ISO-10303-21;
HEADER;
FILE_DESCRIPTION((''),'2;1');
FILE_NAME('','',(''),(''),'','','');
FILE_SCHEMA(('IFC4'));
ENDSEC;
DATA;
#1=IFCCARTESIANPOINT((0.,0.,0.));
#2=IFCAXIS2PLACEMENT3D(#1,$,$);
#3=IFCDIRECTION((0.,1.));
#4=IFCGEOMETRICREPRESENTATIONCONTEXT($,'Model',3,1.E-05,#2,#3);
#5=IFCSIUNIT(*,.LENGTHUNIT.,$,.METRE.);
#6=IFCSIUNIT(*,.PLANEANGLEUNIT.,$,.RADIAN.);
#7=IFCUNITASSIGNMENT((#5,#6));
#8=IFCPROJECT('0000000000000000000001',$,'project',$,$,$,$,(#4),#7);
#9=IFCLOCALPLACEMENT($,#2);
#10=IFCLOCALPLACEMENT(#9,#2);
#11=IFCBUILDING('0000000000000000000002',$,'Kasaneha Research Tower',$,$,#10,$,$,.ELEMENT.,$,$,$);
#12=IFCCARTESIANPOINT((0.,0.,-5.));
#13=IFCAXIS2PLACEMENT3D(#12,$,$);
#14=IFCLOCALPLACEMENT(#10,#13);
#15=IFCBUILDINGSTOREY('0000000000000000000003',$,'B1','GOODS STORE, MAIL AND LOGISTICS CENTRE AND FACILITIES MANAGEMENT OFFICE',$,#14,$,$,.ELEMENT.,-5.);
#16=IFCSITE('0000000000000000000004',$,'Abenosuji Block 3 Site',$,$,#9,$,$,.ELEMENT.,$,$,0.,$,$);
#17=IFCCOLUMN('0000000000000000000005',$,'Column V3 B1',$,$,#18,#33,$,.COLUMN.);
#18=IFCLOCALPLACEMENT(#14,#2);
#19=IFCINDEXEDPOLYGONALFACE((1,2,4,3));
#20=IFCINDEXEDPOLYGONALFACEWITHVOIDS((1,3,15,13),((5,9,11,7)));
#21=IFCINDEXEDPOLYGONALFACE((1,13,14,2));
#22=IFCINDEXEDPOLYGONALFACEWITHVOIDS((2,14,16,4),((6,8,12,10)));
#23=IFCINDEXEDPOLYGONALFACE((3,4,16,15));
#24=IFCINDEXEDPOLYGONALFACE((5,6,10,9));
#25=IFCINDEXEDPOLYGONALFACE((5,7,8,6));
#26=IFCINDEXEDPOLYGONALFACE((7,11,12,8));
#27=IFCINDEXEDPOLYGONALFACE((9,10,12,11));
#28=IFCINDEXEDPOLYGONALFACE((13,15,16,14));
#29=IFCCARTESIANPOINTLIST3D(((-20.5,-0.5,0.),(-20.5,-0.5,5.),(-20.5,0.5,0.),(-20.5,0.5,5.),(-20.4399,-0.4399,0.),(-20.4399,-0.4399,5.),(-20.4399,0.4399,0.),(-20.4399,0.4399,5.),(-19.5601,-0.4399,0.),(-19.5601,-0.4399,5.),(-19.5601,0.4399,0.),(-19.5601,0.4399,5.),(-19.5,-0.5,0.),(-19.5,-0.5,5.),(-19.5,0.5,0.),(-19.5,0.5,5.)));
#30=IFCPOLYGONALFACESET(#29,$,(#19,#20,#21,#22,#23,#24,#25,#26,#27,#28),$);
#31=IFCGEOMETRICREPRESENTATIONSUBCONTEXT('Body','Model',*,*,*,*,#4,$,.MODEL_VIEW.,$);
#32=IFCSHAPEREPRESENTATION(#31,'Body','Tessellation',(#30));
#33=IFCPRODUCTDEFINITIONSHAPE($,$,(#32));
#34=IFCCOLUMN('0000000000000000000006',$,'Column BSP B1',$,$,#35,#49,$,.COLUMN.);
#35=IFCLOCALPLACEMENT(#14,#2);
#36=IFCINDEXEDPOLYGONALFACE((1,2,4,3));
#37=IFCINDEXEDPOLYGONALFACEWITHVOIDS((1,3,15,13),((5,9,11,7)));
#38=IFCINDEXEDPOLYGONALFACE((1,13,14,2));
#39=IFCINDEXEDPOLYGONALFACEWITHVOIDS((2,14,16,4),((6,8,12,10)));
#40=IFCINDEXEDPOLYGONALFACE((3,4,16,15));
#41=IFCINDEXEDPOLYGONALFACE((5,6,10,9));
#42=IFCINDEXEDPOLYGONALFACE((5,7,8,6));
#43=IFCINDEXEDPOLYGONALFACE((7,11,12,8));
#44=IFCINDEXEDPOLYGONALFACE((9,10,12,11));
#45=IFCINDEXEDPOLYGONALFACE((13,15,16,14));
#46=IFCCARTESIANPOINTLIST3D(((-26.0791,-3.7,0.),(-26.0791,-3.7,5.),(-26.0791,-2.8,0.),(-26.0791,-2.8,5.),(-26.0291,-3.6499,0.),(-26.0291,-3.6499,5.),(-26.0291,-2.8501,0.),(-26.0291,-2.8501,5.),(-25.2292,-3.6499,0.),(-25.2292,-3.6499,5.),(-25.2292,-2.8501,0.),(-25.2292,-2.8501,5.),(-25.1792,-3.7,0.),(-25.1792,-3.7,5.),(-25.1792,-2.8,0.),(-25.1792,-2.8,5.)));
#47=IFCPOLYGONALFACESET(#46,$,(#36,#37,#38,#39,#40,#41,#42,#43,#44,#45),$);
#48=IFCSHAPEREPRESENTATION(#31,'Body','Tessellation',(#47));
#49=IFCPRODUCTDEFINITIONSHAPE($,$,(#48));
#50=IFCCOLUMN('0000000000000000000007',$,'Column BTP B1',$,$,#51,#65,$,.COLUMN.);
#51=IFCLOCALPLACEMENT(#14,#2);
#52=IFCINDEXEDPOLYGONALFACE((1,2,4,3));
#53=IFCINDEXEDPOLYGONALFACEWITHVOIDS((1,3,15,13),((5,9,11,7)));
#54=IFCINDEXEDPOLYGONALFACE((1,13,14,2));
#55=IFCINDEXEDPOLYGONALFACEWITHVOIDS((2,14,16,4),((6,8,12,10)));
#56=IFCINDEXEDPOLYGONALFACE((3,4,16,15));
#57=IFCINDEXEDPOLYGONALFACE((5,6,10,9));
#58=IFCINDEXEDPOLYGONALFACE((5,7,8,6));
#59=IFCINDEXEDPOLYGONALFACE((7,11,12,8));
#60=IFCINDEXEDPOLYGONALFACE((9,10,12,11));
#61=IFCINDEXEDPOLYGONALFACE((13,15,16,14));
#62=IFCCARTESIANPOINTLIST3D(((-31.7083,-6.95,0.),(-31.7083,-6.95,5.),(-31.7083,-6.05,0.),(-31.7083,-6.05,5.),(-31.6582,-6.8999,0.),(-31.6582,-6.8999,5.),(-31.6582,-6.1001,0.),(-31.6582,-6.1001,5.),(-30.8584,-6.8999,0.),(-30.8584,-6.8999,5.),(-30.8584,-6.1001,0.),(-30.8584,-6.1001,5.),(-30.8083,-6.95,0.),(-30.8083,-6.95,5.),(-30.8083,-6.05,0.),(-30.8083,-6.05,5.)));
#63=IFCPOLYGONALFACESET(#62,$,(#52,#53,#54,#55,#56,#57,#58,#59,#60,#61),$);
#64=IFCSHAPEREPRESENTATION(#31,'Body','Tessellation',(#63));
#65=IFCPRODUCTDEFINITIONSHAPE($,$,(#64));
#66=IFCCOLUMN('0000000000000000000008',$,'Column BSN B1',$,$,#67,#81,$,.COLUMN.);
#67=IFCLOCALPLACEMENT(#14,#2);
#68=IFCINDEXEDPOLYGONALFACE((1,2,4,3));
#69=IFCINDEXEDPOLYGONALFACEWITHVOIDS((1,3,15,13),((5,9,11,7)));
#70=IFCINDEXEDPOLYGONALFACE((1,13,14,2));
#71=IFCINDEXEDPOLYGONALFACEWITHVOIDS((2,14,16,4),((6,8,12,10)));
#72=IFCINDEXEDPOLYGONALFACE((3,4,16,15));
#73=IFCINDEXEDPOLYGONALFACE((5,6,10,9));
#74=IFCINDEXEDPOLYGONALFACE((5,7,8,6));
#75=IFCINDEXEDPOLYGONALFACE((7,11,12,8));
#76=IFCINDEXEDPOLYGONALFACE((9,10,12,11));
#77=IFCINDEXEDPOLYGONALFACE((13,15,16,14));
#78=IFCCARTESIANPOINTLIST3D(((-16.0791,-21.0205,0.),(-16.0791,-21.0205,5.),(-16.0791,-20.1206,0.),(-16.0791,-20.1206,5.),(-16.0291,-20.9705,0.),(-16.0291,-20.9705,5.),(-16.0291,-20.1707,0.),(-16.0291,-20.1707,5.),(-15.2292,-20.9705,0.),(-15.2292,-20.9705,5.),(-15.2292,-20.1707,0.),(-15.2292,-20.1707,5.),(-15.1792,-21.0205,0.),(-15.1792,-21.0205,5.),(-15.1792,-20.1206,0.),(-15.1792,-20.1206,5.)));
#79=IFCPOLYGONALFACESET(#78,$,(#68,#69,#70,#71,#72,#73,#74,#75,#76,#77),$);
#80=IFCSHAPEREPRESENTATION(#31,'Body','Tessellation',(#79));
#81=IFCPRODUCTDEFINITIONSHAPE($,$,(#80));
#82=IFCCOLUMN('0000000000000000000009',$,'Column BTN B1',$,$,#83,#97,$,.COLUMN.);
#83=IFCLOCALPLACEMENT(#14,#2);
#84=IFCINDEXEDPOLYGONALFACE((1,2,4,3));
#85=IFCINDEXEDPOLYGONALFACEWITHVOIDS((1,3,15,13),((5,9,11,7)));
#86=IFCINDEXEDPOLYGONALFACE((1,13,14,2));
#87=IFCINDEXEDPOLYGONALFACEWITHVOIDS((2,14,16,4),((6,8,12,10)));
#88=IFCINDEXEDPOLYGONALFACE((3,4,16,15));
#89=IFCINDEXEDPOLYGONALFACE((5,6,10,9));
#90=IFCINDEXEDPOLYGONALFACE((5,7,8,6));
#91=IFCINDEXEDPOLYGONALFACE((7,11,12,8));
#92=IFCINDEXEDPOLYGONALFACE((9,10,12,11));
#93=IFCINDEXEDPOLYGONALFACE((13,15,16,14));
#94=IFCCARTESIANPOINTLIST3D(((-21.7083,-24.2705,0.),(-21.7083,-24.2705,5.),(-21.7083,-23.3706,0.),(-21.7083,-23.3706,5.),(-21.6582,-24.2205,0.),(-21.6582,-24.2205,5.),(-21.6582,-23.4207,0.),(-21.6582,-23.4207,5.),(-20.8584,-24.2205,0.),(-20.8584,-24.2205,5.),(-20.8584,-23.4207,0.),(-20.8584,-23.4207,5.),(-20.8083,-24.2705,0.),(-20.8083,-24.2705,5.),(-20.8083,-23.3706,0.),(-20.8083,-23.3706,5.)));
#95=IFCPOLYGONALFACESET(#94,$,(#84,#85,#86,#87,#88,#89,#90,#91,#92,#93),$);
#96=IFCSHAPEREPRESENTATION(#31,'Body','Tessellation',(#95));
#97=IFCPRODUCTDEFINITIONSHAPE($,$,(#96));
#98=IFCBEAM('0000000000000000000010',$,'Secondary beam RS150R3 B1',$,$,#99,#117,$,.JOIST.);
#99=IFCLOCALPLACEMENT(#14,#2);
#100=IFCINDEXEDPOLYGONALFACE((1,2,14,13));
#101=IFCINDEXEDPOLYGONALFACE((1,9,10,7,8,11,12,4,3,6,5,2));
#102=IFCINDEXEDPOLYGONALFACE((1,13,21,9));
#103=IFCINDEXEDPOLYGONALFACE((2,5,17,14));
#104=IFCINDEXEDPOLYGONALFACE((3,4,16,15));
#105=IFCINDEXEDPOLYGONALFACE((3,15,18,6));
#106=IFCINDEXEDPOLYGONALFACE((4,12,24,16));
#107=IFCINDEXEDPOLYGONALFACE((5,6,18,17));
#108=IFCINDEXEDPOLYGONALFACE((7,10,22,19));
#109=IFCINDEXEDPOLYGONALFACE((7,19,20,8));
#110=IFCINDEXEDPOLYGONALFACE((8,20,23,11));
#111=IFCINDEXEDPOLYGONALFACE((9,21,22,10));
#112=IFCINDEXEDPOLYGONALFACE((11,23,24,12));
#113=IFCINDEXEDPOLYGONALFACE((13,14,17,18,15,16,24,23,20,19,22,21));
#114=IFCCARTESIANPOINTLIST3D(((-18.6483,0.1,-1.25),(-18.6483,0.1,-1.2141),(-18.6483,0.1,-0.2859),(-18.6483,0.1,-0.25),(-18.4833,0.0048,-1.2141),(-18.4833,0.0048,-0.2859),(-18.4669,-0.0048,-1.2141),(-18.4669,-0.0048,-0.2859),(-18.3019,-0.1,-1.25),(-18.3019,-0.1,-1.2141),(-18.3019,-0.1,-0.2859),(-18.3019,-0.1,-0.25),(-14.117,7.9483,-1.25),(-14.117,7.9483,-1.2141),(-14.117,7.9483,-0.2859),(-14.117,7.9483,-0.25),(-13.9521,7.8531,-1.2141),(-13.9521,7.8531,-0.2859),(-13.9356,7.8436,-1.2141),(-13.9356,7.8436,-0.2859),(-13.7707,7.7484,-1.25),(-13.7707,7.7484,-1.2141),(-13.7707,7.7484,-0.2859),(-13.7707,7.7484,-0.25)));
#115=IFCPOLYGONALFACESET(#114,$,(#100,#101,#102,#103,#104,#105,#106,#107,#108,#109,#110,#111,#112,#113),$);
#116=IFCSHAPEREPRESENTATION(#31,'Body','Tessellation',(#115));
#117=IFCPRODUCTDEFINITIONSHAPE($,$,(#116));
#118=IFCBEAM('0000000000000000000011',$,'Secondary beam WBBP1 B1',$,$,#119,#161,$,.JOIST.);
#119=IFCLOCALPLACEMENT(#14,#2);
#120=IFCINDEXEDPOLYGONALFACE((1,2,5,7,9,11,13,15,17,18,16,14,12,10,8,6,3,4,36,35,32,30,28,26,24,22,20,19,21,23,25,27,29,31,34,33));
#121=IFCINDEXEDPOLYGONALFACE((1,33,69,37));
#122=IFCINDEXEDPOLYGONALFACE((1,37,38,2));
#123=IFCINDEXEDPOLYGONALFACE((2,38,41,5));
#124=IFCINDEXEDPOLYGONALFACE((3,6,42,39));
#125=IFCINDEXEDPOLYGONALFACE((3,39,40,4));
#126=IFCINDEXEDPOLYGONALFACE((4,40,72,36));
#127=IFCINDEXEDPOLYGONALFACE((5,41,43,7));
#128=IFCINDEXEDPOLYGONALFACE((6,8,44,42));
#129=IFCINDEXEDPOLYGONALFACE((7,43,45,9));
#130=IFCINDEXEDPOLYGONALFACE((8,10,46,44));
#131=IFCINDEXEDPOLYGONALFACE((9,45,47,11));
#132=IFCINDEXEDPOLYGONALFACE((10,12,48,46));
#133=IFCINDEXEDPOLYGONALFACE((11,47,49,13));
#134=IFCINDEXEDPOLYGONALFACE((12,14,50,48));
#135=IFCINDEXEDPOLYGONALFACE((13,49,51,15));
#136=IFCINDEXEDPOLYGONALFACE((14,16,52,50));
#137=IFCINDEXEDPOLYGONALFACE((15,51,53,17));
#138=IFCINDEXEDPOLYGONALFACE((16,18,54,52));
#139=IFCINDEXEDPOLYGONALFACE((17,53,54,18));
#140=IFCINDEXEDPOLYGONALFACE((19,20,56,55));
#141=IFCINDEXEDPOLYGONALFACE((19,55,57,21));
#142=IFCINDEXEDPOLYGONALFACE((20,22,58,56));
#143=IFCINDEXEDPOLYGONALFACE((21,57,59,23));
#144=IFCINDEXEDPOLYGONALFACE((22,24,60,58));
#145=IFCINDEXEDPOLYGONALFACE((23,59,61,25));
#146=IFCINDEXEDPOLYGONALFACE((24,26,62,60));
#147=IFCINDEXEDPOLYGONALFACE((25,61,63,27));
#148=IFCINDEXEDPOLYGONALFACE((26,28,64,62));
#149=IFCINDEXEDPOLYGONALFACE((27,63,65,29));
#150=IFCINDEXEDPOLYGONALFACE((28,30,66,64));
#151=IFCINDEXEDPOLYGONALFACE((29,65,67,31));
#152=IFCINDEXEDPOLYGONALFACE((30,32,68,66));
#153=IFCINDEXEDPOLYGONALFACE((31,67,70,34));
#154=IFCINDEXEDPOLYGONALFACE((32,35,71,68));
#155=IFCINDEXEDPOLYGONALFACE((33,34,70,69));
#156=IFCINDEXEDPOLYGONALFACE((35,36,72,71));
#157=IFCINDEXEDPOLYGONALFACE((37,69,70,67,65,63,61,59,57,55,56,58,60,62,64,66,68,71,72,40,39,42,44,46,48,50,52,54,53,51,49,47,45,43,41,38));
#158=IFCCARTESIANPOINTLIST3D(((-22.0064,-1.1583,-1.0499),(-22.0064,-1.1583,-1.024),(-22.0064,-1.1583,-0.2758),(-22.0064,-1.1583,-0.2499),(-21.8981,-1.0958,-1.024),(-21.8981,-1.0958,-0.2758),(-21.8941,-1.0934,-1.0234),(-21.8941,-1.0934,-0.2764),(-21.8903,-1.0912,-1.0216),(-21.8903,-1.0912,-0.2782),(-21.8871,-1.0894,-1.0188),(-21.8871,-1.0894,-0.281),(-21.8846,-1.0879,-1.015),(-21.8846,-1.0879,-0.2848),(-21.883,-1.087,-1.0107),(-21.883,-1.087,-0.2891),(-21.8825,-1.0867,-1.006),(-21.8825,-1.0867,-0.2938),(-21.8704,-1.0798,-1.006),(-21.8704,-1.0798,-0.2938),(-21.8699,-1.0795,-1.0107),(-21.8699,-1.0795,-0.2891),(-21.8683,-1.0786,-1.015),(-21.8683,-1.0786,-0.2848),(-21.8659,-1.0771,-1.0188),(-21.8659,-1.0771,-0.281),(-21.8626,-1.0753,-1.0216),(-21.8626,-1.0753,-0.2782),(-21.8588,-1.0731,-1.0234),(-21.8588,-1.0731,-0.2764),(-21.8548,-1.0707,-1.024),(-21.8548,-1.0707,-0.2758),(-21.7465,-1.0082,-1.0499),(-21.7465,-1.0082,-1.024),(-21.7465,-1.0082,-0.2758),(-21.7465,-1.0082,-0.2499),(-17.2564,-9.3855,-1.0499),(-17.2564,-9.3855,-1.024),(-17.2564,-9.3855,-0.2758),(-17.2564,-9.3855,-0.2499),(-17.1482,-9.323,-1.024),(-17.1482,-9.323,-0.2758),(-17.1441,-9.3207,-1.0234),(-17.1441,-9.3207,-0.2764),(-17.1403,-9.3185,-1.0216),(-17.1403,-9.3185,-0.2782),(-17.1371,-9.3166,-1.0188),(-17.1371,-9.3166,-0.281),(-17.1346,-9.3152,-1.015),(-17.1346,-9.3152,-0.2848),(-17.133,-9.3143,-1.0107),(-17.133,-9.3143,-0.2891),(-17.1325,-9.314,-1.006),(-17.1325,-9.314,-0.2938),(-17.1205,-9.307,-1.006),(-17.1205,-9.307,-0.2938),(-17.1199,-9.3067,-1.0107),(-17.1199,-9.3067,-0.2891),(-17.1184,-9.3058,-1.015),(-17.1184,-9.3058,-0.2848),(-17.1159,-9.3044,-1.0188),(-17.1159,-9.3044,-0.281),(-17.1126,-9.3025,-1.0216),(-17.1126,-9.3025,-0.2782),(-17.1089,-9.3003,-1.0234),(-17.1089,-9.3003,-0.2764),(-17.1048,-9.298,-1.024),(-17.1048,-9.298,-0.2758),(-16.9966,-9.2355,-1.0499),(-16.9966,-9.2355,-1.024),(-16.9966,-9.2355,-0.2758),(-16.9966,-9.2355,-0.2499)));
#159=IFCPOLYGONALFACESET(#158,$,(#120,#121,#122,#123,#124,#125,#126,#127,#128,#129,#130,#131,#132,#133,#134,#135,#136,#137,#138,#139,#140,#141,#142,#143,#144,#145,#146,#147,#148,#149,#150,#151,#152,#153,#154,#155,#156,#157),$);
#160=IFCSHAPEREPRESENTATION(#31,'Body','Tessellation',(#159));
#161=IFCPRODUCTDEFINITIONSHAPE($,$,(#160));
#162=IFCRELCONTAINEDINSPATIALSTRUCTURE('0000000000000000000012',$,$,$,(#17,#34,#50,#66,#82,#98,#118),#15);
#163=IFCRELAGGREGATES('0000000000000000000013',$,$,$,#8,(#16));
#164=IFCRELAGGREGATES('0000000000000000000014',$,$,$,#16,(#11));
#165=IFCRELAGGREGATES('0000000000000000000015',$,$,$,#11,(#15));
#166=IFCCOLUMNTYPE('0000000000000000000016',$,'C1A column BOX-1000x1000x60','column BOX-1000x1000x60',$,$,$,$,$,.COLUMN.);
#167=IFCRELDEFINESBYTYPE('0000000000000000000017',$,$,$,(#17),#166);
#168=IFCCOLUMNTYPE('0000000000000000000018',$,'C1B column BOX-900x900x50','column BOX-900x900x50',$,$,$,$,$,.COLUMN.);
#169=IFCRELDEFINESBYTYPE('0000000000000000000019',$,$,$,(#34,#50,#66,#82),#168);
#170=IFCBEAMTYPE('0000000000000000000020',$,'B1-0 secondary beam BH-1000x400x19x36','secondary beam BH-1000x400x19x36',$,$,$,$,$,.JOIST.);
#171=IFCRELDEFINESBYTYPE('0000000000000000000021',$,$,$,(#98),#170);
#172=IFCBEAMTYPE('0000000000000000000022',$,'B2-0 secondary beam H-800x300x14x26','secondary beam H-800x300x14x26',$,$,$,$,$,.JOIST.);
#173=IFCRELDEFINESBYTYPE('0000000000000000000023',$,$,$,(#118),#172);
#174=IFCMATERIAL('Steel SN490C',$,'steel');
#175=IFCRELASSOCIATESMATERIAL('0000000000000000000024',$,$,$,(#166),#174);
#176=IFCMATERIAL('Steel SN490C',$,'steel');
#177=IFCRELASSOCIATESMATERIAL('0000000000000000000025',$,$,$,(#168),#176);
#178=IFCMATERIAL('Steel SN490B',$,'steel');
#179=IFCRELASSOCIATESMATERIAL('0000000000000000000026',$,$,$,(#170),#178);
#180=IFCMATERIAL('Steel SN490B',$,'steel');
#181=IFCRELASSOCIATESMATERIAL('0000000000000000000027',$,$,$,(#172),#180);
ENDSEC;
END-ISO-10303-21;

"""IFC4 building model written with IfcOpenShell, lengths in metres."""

from ifc_helpers import new_model, si_unit, direction, frame, origin, origin_2d, place, context, subcontext, project, spatial, hollow_rectangle, i_section, extrude, material, material_profile, profile_set, type_object, element, save


model = new_model("IFC4")

# Units and contexts
model_context = context("Model", 3, precision=1e-05, world=origin(), true_north=direction((0.0, 1.0)))
body_context = subcontext(model_context, "Body", "Model", "MODEL_VIEW")
ifc_project = project(units=[si_unit("LENGTHUNIT", "METRE"), si_unit("PLANEANGLEUNIT", "RADIAN")], contexts=[model_context])

# Site, building, storey
site_placement = place(None, origin())
site = spatial("IfcSite", under=ifc_project, at=site_placement, Name="Abenosuji Block 3 Site", CompositionType="ELEMENT", RefElevation=0.0)
building_placement = place(site_placement, origin())
building = spatial("IfcBuilding", under=site, at=building_placement, Name="Kasaneha Research Tower", CompositionType="ELEMENT")
storey_placement = place(building_placement, frame((0.0, 0.0, -5.0)))
storey = spatial("IfcBuildingStorey", under=building, at=storey_placement, Name="B1", Description="GOODS STORE, MAIL AND LOGISTICS CENTRE AND FACILITIES MANAGEMENT OFFICE", CompositionType="ELEMENT", Elevation=-5.0)

# Columns
ifc_material_1 = material(Name="Steel SN490C", Category="steel")
ifc_material_profile_1 = material_profile(ifc_material_1, hollow_rectangle(XDim=1.0, YDim=1.0, WallThickness=0.0601, at=origin_2d()), Name="BOX-1000x1000x60")
ifc_profile_set_1 = profile_set([ifc_material_profile_1], Name="Steel SN490C")
column_type_1 = type_object("IfcColumnType", Name="C1A column BOX-1000x1000x60", Description="column BOX-1000x1000x60", PredefinedType="COLUMN", material=ifc_profile_set_1)
column_placement = place(storey_placement, frame((-20.0, 0.0, 0.0), z_axis=(0.0, 0.0, 1.0), x_axis=(1.0, 0.0, 0.0)))
element("IfcColumn", 1, at=column_placement, inside=storey, type_object=column_type_1, Name="Column V3 B1", PredefinedType="COLUMN", context=body_context, shape_type="SweptSolid", body=[
    extrude(hollow_rectangle(XDim=1.0, YDim=1.0, WallThickness=0.0601, at=origin_2d()), origin(), (0.0, 0.0, 1.0), 5.0),
])
ifc_material_2 = material(Name="Steel SN490C", Category="steel")
ifc_material_profile_2 = material_profile(ifc_material_2, hollow_rectangle(XDim=0.8999, YDim=0.8999, WallThickness=0.05, at=origin_2d()), Name="BOX-900x900x50")
ifc_profile_set_2 = profile_set([ifc_material_profile_2], Name="Steel SN490C")
column_type_2 = type_object("IfcColumnType", Name="C1B column BOX-900x900x50", Description="column BOX-900x900x50", PredefinedType="COLUMN", material=ifc_profile_set_2)
for number, where, z_axis, x_axis, name in (
    (2, (-25.6292, -3.25, 0.0), (0.0, 0.0, 1.0), (1.0, 0.0, 0.0), "Column BSP B1"),
    (3, (-31.2583, -6.5, 0.0), (0.0, 0.0, 1.0), (1.0, 0.0, 0.0), "Column BTP B1"),
    (4, (-15.6292, -20.5706, 0.0), (0.0, 0.0, 1.0), (1.0, 0.0, 0.0), "Column BSN B1"),
    (5, (-21.2583, -23.8206, 0.0), (0.0, 0.0, 1.0), (1.0, 0.0, 0.0), "Column BTN B1"),
):
    element("IfcColumn", number, at=place(storey_placement, frame(where, z_axis=z_axis, x_axis=x_axis)), inside=storey, type_object=column_type_2, Name=name, PredefinedType="COLUMN", context=body_context, shape_type="SweptSolid", body=[
        extrude(hollow_rectangle(XDim=0.8999, YDim=0.8999, WallThickness=0.05, at=origin_2d()), origin(), (0.0, 0.0, 1.0), 5.0),
    ])

# Beams
ifc_material_3 = material(Name="Steel SN490B", Category="steel")
ifc_material_profile_3 = material_profile(ifc_material_3, i_section(OverallWidth=0.3999, OverallDepth=1.0, WebThickness=0.019, FlangeThickness=0.0359, at=origin_2d()), Name="BH-1000x400x19x36")
ifc_profile_set_3 = profile_set([ifc_material_profile_3], Name="Steel SN490B")
beam_type_1 = type_object("IfcBeamType", Name="B1-0 secondary beam BH-1000x400x19x36", Description="secondary beam BH-1000x400x19x36", PredefinedType="JOIST", material=ifc_profile_set_3)
beam_1_placement = place(storey_placement, frame((-18.4751, 0.0, -0.75), z_axis=(0.499998, 0.866026, 0.0), x_axis=(-0.866026, 0.499998, 0.0)))
element("IfcBeam", 6, at=beam_1_placement, inside=storey, type_object=beam_type_1, Name="Secondary beam RS150R3 B1", PredefinedType="JOIST", context=body_context, shape_type="SweptSolid", body=[
    extrude(i_section(OverallWidth=0.3999, OverallDepth=1.0, WebThickness=0.019, FlangeThickness=0.0359, at=origin_2d()), origin(), (0.0, 0.0, 1.0), 9.0625),
])
ifc_material_4 = material(Name="Steel SN490B", Category="steel")
ifc_material_profile_4 = material_profile(ifc_material_4, i_section(OverallWidth=0.3, OverallDepth=0.8, WebThickness=0.0139, FlangeThickness=0.0259, FilletRadius=0.0181, at=origin_2d()), Name="H-800x300x14x26")
ifc_profile_set_4 = profile_set([ifc_material_profile_4], Name="Steel SN490B")
beam_type_2 = type_object("IfcBeamType", Name="B2-0 secondary beam H-800x300x14x26", Description="secondary beam H-800x300x14x26", PredefinedType="JOIST", material=ifc_profile_set_4)
beam_2_placement = place(storey_placement, frame((-21.8765, -1.0833, -0.6499), z_axis=(0.499998, -0.866027, 0.0), x_axis=(0.866027, 0.499998, 0.0)))
element("IfcBeam", 7, at=beam_2_placement, inside=storey, type_object=beam_type_2, Name="Secondary beam WBBP1 B1", PredefinedType="JOIST", context=body_context, shape_type="SweptSolid", body=[
    extrude(i_section(OverallWidth=0.3, OverallDepth=0.8, WebThickness=0.0139, FlangeThickness=0.0259, FilletRadius=0.0181, at=origin_2d()), origin(), (0.0, 0.0, 1.0), 9.5),
])

save(model, "model.ifc")
